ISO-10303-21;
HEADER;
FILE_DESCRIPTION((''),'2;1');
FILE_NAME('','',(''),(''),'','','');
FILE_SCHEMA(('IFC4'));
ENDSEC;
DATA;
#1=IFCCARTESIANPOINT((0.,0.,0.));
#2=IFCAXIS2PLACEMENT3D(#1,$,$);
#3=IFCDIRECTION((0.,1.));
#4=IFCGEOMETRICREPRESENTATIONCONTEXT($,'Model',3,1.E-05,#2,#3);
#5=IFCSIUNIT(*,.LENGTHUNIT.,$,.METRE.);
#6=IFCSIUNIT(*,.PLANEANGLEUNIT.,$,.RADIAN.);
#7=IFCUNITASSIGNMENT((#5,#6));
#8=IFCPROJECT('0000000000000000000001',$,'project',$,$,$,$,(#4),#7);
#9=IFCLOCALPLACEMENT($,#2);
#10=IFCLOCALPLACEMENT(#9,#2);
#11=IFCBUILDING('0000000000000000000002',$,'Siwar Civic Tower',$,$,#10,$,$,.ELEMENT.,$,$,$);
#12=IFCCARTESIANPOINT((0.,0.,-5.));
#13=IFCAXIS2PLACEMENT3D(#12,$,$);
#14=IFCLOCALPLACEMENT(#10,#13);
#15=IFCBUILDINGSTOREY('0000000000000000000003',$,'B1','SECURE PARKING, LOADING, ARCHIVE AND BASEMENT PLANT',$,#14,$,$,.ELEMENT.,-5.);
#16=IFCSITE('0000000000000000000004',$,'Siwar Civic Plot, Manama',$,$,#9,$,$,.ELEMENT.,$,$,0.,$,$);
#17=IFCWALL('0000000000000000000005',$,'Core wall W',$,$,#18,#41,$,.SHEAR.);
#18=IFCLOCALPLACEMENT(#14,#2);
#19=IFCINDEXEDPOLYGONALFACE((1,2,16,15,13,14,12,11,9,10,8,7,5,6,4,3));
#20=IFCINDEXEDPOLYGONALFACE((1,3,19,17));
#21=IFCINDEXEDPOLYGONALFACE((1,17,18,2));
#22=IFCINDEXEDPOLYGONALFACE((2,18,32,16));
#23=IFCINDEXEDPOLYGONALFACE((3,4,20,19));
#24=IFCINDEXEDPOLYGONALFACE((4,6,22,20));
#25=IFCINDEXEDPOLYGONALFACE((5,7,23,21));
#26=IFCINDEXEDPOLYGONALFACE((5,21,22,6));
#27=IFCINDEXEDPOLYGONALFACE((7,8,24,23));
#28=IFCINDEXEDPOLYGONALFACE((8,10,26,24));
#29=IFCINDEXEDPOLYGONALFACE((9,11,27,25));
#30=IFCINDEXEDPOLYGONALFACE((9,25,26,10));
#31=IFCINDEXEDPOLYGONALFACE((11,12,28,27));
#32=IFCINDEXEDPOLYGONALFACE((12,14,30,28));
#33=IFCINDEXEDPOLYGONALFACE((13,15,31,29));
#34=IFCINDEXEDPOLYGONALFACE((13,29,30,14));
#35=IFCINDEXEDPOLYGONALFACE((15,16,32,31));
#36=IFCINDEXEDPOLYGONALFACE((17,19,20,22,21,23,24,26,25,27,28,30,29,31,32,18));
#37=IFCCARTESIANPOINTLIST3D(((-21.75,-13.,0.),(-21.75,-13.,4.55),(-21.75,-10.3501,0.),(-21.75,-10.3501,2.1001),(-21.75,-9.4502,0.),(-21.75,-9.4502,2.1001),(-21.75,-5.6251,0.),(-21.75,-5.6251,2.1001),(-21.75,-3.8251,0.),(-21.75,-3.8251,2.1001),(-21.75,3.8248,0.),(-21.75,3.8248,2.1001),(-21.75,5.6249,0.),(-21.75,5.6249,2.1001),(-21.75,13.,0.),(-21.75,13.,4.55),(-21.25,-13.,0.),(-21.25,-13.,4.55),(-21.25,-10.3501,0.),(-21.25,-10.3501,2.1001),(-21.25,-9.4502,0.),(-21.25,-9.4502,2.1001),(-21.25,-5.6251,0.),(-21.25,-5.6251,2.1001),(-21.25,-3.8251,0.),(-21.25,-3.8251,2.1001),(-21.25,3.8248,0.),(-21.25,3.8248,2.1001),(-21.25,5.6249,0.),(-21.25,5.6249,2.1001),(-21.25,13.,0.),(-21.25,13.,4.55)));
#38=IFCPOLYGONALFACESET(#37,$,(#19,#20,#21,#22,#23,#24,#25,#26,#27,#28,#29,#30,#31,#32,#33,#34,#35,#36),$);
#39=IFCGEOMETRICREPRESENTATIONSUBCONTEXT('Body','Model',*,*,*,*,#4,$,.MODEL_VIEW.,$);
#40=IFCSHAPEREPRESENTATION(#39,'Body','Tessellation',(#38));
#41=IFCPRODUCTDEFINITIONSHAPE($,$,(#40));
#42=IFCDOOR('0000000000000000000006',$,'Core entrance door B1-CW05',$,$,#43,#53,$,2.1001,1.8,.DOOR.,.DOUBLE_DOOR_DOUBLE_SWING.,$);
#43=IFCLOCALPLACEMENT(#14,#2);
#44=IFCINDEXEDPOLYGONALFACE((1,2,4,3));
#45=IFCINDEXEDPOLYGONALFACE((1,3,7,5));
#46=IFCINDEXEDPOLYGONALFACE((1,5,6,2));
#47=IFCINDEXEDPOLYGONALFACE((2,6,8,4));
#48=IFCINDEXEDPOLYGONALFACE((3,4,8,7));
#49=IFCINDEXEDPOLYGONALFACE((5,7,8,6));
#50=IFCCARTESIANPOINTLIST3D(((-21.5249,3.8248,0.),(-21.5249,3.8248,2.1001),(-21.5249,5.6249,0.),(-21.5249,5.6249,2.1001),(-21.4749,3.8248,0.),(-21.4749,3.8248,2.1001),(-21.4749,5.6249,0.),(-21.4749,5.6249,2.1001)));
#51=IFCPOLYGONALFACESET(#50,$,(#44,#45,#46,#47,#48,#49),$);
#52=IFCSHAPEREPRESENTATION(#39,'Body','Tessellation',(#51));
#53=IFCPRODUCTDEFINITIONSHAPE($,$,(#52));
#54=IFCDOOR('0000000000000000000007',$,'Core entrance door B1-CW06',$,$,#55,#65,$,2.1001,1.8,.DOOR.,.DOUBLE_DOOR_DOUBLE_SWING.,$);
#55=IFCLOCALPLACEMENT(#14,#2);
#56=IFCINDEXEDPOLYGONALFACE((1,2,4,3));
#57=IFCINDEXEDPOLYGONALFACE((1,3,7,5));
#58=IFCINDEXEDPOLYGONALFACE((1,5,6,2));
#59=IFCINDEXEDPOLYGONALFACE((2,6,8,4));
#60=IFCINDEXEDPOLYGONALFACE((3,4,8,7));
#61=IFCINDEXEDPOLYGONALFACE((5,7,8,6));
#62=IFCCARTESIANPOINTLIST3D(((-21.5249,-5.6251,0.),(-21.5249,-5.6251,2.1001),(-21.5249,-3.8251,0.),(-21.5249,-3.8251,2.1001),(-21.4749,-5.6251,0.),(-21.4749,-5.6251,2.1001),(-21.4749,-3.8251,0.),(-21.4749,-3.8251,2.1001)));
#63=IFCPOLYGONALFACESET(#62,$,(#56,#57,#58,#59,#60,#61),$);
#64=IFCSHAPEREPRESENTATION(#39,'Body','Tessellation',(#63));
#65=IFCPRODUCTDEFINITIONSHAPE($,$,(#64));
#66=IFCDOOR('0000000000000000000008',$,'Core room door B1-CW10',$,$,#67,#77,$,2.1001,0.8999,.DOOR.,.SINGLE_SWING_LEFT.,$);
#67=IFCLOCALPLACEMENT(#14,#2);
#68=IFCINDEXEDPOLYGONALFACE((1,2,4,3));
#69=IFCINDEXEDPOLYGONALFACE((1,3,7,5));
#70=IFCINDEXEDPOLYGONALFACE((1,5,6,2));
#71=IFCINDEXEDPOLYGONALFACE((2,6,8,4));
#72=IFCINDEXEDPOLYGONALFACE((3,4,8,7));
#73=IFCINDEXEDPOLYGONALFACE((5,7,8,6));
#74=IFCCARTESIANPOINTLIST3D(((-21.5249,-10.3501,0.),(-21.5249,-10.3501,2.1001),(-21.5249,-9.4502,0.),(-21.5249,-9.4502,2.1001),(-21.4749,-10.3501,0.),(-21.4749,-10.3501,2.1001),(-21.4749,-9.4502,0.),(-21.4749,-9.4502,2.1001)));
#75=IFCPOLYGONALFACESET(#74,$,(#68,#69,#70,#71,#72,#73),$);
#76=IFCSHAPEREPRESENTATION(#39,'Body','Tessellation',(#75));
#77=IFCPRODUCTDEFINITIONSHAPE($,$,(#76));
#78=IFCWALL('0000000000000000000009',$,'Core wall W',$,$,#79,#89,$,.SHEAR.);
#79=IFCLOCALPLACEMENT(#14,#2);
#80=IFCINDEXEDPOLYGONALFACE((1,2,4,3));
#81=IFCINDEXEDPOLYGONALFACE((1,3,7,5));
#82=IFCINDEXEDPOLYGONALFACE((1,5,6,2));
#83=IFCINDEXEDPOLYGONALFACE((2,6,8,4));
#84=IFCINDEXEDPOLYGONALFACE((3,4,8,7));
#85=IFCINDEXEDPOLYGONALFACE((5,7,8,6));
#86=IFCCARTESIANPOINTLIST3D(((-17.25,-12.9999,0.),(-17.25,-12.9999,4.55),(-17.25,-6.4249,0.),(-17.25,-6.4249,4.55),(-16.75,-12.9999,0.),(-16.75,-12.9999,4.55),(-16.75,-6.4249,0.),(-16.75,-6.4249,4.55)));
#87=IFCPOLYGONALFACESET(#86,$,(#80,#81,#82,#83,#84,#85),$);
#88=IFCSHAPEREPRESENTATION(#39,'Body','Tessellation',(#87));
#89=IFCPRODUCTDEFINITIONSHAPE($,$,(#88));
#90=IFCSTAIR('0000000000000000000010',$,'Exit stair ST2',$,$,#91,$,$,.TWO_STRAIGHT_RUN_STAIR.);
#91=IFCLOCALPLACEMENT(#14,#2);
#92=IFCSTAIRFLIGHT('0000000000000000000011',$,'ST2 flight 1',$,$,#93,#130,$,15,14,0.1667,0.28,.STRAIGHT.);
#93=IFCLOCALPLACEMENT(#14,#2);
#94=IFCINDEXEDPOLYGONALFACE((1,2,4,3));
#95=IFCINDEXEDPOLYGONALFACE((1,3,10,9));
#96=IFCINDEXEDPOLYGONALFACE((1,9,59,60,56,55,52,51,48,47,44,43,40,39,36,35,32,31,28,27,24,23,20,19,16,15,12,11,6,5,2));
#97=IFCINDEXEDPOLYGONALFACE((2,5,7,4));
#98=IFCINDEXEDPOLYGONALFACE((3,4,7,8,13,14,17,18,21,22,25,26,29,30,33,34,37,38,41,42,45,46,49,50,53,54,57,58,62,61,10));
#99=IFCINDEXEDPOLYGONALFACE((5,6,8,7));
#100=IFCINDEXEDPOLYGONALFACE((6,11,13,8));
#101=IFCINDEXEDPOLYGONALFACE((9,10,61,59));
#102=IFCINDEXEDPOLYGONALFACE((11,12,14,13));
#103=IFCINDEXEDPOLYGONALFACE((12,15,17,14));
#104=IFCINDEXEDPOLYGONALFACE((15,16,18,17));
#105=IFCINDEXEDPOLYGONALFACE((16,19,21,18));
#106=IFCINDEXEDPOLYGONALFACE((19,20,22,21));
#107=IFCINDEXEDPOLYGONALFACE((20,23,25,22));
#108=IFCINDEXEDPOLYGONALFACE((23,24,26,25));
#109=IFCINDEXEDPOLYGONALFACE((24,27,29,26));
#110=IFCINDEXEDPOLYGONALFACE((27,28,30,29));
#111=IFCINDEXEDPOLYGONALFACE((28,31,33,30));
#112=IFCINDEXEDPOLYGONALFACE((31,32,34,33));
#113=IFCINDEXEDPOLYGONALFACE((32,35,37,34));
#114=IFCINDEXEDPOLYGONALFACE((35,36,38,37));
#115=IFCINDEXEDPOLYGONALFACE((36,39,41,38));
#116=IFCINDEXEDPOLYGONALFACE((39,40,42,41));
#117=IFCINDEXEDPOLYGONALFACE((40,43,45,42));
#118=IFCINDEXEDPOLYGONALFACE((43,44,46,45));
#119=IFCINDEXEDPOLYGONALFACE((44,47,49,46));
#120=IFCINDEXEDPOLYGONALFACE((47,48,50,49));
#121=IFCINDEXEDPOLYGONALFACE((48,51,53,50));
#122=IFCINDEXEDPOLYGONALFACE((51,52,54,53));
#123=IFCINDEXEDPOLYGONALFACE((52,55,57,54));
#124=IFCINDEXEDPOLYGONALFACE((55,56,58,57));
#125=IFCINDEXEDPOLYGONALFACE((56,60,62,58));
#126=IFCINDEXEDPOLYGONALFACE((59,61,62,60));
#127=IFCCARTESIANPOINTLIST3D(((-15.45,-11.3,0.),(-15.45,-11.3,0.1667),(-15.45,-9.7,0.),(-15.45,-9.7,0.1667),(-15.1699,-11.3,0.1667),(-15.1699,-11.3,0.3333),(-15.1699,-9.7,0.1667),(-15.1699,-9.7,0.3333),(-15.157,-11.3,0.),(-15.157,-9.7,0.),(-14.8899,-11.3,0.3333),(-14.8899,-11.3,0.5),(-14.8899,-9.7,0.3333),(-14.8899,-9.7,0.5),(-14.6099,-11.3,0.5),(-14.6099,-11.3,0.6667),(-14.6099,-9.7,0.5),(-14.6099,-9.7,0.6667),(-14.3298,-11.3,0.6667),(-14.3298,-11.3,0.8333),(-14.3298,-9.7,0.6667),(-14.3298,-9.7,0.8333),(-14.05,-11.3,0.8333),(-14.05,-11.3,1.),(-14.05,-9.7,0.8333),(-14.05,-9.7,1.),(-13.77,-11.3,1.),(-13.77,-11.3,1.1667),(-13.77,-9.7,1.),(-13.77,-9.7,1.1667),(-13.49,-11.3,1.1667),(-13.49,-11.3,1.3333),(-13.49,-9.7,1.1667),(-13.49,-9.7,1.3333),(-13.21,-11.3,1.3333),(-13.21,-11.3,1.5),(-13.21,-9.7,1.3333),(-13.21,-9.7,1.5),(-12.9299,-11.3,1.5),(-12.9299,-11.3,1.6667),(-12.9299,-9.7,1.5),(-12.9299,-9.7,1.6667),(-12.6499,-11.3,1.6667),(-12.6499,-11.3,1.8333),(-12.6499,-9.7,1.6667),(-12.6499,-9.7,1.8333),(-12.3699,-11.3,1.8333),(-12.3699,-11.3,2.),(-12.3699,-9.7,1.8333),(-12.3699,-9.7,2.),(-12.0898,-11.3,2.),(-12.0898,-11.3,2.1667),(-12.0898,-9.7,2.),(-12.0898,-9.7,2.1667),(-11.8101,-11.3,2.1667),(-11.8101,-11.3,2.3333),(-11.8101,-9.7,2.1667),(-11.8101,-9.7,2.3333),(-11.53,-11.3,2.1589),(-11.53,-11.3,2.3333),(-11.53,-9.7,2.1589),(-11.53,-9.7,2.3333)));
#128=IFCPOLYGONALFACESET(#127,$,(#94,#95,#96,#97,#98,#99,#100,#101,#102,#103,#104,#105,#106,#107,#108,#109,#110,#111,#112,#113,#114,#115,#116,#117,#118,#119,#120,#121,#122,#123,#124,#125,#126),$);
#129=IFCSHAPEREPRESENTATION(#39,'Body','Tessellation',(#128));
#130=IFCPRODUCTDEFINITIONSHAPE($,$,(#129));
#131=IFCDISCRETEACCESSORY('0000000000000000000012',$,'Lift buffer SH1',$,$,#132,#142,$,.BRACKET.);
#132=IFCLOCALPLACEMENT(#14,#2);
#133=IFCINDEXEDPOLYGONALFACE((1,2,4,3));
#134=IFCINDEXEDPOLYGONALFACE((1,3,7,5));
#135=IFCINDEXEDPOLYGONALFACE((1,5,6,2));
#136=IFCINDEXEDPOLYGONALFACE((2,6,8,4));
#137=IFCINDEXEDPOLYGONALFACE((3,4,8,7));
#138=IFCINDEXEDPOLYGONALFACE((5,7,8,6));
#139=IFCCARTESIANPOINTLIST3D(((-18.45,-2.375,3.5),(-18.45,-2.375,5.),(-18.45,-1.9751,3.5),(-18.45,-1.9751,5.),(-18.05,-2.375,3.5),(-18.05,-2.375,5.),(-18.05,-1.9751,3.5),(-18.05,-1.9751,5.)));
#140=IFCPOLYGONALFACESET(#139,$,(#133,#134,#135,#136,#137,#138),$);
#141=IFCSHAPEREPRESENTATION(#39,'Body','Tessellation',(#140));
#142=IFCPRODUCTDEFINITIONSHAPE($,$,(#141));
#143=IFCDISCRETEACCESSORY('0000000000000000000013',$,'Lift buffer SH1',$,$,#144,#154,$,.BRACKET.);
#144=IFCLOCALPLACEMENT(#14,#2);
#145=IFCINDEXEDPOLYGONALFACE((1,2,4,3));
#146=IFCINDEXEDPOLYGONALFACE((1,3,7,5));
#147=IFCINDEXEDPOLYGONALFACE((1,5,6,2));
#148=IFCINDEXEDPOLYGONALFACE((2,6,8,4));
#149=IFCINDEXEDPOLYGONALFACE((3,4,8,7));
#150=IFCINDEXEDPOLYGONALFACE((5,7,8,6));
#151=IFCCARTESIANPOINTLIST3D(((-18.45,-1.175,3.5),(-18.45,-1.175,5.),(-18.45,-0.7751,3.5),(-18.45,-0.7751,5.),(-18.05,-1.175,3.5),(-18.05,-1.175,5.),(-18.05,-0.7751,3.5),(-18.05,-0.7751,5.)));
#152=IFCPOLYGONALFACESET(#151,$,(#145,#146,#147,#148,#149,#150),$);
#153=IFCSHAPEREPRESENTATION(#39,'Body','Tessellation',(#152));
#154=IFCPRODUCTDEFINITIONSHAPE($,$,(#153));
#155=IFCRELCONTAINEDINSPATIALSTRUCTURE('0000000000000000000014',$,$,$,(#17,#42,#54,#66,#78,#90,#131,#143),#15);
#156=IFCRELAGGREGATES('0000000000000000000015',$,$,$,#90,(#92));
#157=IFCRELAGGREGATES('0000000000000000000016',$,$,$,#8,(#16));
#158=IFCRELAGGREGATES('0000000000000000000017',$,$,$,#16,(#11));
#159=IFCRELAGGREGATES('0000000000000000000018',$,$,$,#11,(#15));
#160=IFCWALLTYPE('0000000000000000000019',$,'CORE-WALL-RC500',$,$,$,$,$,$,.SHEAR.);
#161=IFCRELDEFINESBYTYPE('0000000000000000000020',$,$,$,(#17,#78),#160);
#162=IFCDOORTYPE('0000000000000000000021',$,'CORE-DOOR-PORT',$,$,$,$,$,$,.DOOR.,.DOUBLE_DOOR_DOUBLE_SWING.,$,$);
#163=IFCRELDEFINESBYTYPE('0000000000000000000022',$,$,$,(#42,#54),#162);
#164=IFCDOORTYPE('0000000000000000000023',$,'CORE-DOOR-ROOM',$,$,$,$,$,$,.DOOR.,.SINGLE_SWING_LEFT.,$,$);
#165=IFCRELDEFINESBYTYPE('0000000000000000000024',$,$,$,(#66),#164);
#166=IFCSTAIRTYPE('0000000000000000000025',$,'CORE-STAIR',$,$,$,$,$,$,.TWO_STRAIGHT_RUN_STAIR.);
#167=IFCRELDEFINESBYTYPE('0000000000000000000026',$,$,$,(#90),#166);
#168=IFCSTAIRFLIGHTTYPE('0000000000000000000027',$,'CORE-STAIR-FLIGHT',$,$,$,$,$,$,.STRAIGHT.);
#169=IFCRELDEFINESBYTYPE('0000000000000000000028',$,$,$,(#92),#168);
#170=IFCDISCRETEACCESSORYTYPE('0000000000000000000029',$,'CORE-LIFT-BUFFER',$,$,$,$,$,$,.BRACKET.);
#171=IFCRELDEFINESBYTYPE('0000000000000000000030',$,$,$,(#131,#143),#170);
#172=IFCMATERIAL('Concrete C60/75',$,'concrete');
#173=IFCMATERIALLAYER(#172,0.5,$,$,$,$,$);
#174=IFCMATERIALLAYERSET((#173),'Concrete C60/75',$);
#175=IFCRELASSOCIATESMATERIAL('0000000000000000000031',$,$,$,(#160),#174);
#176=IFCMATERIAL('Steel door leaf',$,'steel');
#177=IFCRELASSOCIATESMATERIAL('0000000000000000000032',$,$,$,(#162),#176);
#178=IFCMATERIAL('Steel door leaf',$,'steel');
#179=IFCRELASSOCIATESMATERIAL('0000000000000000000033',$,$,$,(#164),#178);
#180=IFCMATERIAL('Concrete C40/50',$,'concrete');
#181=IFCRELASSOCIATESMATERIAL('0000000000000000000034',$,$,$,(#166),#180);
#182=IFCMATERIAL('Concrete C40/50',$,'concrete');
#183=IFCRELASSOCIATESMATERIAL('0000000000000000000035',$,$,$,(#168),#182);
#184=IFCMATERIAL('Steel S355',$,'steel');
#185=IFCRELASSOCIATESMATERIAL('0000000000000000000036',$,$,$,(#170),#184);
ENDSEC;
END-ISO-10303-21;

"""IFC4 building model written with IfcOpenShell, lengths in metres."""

from ifc_helpers import new_model, si_unit, direction, frame, frame_2d, origin, origin_2d, place, context, subcontext, project, spatial, polyline, rectangle, outline, extrude, material, layer, layer_set, type_object, element, fill, aggregate, save


model = new_model("IFC4")

# Units and contexts
model_context = context("Model", 3, precision=1e-05, world=origin(), true_north=direction((0.0, 1.0)))
body_context = subcontext(model_context, "Body", "Model", "MODEL_VIEW")
ifc_project = project(units=[si_unit("LENGTHUNIT", "METRE"), si_unit("PLANEANGLEUNIT", "RADIAN")], contexts=[model_context])

# Site, building, storey
site_placement = place(None, origin())
site = spatial("IfcSite", under=ifc_project, at=site_placement, Name="Siwar Civic Plot, Manama", CompositionType="ELEMENT", RefElevation=0.0)
building_placement = place(site_placement, origin())
building = spatial("IfcBuilding", under=site, at=building_placement, Name="Siwar Civic Tower", CompositionType="ELEMENT")
storey_placement = place(building_placement, frame((0.0, 0.0, -5.0)))
storey = spatial("IfcBuildingStorey", under=building, at=storey_placement, Name="B1", Description="SECURE PARKING, LOADING, ARCHIVE AND BASEMENT PLANT", CompositionType="ELEMENT", Elevation=-5.0)

# Wall, openings, doors
ifc_material_1 = material(Name="Concrete C60/75", Category="concrete")
ifc_layer_1 = layer(ifc_material_1, 0.5)
ifc_layer_set_1 = layer_set([ifc_layer_1], Name="Concrete C60/75")
wall_type_1 = type_object("IfcWallType", Name="CORE-WALL-RC500", PredefinedType="SHEAR", material=ifc_layer_set_1)
wall_1_placement = place(storey_placement, frame((-21.5, -13.0, 0.0), z_axis=(0.0, 0.0, 1.0), x_axis=(0.0, 1.0, 0.0)))
wall_1 = element("IfcWall", 1, at=wall_1_placement, inside=storey, type_object=wall_type_1, Name="Core wall W", PredefinedType="SHEAR", context=body_context, shape_type="SweptSolid", body=[
    extrude(rectangle(XDim=26.0, YDim=0.5, at=frame_2d((13.0, 0.0))), origin(), (0.0, 0.0, 1.0), 4.55),
])
opening_1_placement = place(wall_1_placement, frame((16.825, 0.0, 0.0)))
opening_1 = element("IfcOpeningElement", 2, at=opening_1_placement, cuts=wall_1, PredefinedType="OPENING", context=body_context, shape_type="SweptSolid", body=[
    extrude(rectangle(XDim=1.8, YDim=2.1001, at=frame_2d((0.8999, 1.05))), frame((0.0, 0.26, 0.0), z_axis=(0.0, -1.0, 0.0), x_axis=(1.0, 0.0, 0.0)), (0.0, 0.0, 1.0), 0.52),
])
opening_2_placement = place(wall_1_placement, frame((7.375, 0.0, 0.0)))
opening_2 = element("IfcOpeningElement", 3, at=opening_2_placement, cuts=wall_1, PredefinedType="OPENING", context=body_context, shape_type="SweptSolid", body=[
    extrude(rectangle(XDim=1.8, YDim=2.1001, at=frame_2d((0.8999, 1.05))), frame((0.0, 0.26, 0.0), z_axis=(0.0, -1.0, 0.0), x_axis=(1.0, 0.0, 0.0)), (0.0, 0.0, 1.0), 0.52),
])
opening_3_placement = place(wall_1_placement, frame((2.6499, 0.0, 0.0)))
opening_3 = element("IfcOpeningElement", 4, at=opening_3_placement, cuts=wall_1, PredefinedType="OPENING", context=body_context, shape_type="SweptSolid", body=[
    extrude(rectangle(XDim=0.8999, YDim=2.1001, at=frame_2d((0.45, 1.05))), frame((0.0, 0.26, 0.0), z_axis=(0.0, -1.0, 0.0), x_axis=(1.0, 0.0, 0.0)), (0.0, 0.0, 1.0), 0.52),
])
ifc_material_2 = material(Name="Steel door leaf", Category="steel")
door_type_1 = type_object("IfcDoorType", Name="CORE-DOOR-PORT", OperationType="DOUBLE_DOOR_DOUBLE_SWING", PredefinedType="DOOR", material=ifc_material_2)
door_1_placement = place(opening_1_placement, origin())
door_1 = element("IfcDoor", 5, at=door_1_placement, inside=storey, type_object=door_type_1, Name="Core entrance door B1-CW05", OperationType="DOUBLE_DOOR_DOUBLE_SWING", OverallHeight=2.1001, OverallWidth=1.8, PredefinedType="DOOR", context=body_context, shape_type="SweptSolid", body=[
    extrude(rectangle(XDim=1.8, YDim=2.1001, at=frame_2d((0.8999, 1.05))), frame((0.0, 0.0249, 0.0), z_axis=(0.0, -1.0, 0.0), x_axis=(1.0, 0.0, 0.0)), (0.0, 0.0, 1.0), 0.05),
])
fill(opening_1, door_1)
door_2_placement = place(opening_2_placement, origin())
door_2 = element("IfcDoor", 6, at=door_2_placement, inside=storey, type_object=door_type_1, Name="Core entrance door B1-CW06", OperationType="DOUBLE_DOOR_DOUBLE_SWING", OverallHeight=2.1001, OverallWidth=1.8, PredefinedType="DOOR", context=body_context, shape_type="SweptSolid", body=[
    extrude(rectangle(XDim=1.8, YDim=2.1001, at=frame_2d((0.8999, 1.05))), frame((0.0, 0.0249, 0.0), z_axis=(0.0, -1.0, 0.0), x_axis=(1.0, 0.0, 0.0)), (0.0, 0.0, 1.0), 0.05),
])
fill(opening_2, door_2)
ifc_material_3 = material(Name="Steel door leaf", Category="steel")
door_type_2 = type_object("IfcDoorType", Name="CORE-DOOR-ROOM", OperationType="SINGLE_SWING_LEFT", PredefinedType="DOOR", material=ifc_material_3)
door_3_placement = place(opening_3_placement, origin())
door_3 = element("IfcDoor", 7, at=door_3_placement, inside=storey, type_object=door_type_2, Name="Core room door B1-CW10", OperationType="SINGLE_SWING_LEFT", OverallHeight=2.1001, OverallWidth=0.8999, PredefinedType="DOOR", context=body_context, shape_type="SweptSolid", body=[
    extrude(rectangle(XDim=0.8999, YDim=2.1001, at=frame_2d((0.45, 1.05))), frame((0.0, 0.0249, 0.0), z_axis=(0.0, -1.0, 0.0), x_axis=(1.0, 0.0, 0.0)), (0.0, 0.0, 1.0), 0.05),
])
fill(opening_3, door_3)

# Wall
wall_2_placement = place(storey_placement, frame((-17.0, -13.0, 0.0), z_axis=(0.0, 0.0, 1.0), x_axis=(0.0, 1.0, 0.0)))
element("IfcWall", 8, at=wall_2_placement, inside=storey, type_object=wall_type_1, Name="Core wall W", PredefinedType="SHEAR", context=body_context, shape_type="SweptSolid", body=[
    extrude(rectangle(XDim=6.575, YDim=0.5, at=frame_2d((3.2876, 0.0))), origin(), (0.0, 0.0, 1.0), 4.55),
])

# Stair, stair flight
ifc_material_4 = material(Name="Concrete C40/50", Category="concrete")
stair_type = type_object("IfcStairType", Name="CORE-STAIR", PredefinedType="TWO_STRAIGHT_RUN_STAIR", material=ifc_material_4)
stair_placement = place(storey_placement, origin())
stair = element("IfcStair", 9, at=stair_placement, inside=storey, type_object=stair_type, Name="Exit stair ST2", PredefinedType="TWO_STRAIGHT_RUN_STAIR")
ifc_material_5 = material(Name="Concrete C40/50", Category="concrete")
stair_flight_type = type_object("IfcStairFlightType", Name="CORE-STAIR-FLIGHT", PredefinedType="STRAIGHT", material=ifc_material_5)
stair_flight_placement = place(storey_placement, frame((-15.45, -10.5, 0.0), z_axis=(0.0, 0.0, 1.0), x_axis=(1.0, 0.0, 0.0)))
stair_flight = element("IfcStairFlight", 10, at=stair_flight_placement, type_object=stair_flight_type, Name="ST2 flight 1", NumberOfRisers=15, NumberOfTreads=14, PredefinedType="STRAIGHT", RiserHeight=0.1667, TreadLength=0.28, context=body_context, shape_type="SweptSolid", body=[
    extrude(outline(polyline([(0.0, 0.0), (0.0, 0.1667), (0.28, 0.1667), (0.28, 0.3333), (0.5601, 0.3333), (0.5601, 0.5), (0.8401, 0.5), (0.8401, 0.6667), (1.1201, 0.6667), (1.1201, 0.8333), (1.3999, 0.8333), (1.3999, 1.0), (1.6799, 1.0), (1.6799, 1.1667), (1.96, 1.1667), (1.96, 1.3333), (2.24, 1.3333), (2.24, 1.5), (2.52, 1.5), (2.52, 1.6667), (2.8, 1.6667), (2.8, 1.8333), (3.0801, 1.8333), (3.0801, 2.0), (3.3601, 2.0), (3.3601, 2.1667), (3.6399, 2.1667), (3.6399, 2.3333), (3.9199, 2.3333), (3.9199, 2.5), (3.9199, 2.1589), (0.293, 0.0), (0.0, 0.0)])), frame((0.0, 0.8, 0.0), z_axis=(0.0, -1.0, 0.0), x_axis=(1.0, 0.0, 0.0)), (0.0, 0.0, 1.0), 1.6001),
])
aggregate(stair, [stair_flight])

# Discrete accessories
ifc_material_6 = material(Name="Steel S355", Category="steel")
discrete_accessory_type = type_object("IfcDiscreteAccessoryType", Name="CORE-LIFT-BUFFER", PredefinedType="BRACKET", material=ifc_material_6)
for number, where, z_axis, x_axis, name in (
    (11, (-18.25, -2.175, 3.5), (0.0, 0.0, 1.0), (1.0, 0.0, 0.0), "Lift buffer SH1"),
    (12, (-18.25, -0.9751, 3.5), (0.0, 0.0, 1.0), (1.0, 0.0, 0.0), "Lift buffer SH1"),
):
    element("IfcDiscreteAccessory", number, at=place(storey_placement, frame(where, z_axis=z_axis, x_axis=x_axis)), inside=storey, type_object=discrete_accessory_type, Name=name, PredefinedType="BRACKET", context=body_context, shape_type="SweptSolid", body=[
        extrude(rectangle(XDim=0.3999, YDim=0.3999, at=origin_2d()), origin(), (0.0, 0.0, 1.0), 1.5),
    ])

save(model, "model.ifc")
